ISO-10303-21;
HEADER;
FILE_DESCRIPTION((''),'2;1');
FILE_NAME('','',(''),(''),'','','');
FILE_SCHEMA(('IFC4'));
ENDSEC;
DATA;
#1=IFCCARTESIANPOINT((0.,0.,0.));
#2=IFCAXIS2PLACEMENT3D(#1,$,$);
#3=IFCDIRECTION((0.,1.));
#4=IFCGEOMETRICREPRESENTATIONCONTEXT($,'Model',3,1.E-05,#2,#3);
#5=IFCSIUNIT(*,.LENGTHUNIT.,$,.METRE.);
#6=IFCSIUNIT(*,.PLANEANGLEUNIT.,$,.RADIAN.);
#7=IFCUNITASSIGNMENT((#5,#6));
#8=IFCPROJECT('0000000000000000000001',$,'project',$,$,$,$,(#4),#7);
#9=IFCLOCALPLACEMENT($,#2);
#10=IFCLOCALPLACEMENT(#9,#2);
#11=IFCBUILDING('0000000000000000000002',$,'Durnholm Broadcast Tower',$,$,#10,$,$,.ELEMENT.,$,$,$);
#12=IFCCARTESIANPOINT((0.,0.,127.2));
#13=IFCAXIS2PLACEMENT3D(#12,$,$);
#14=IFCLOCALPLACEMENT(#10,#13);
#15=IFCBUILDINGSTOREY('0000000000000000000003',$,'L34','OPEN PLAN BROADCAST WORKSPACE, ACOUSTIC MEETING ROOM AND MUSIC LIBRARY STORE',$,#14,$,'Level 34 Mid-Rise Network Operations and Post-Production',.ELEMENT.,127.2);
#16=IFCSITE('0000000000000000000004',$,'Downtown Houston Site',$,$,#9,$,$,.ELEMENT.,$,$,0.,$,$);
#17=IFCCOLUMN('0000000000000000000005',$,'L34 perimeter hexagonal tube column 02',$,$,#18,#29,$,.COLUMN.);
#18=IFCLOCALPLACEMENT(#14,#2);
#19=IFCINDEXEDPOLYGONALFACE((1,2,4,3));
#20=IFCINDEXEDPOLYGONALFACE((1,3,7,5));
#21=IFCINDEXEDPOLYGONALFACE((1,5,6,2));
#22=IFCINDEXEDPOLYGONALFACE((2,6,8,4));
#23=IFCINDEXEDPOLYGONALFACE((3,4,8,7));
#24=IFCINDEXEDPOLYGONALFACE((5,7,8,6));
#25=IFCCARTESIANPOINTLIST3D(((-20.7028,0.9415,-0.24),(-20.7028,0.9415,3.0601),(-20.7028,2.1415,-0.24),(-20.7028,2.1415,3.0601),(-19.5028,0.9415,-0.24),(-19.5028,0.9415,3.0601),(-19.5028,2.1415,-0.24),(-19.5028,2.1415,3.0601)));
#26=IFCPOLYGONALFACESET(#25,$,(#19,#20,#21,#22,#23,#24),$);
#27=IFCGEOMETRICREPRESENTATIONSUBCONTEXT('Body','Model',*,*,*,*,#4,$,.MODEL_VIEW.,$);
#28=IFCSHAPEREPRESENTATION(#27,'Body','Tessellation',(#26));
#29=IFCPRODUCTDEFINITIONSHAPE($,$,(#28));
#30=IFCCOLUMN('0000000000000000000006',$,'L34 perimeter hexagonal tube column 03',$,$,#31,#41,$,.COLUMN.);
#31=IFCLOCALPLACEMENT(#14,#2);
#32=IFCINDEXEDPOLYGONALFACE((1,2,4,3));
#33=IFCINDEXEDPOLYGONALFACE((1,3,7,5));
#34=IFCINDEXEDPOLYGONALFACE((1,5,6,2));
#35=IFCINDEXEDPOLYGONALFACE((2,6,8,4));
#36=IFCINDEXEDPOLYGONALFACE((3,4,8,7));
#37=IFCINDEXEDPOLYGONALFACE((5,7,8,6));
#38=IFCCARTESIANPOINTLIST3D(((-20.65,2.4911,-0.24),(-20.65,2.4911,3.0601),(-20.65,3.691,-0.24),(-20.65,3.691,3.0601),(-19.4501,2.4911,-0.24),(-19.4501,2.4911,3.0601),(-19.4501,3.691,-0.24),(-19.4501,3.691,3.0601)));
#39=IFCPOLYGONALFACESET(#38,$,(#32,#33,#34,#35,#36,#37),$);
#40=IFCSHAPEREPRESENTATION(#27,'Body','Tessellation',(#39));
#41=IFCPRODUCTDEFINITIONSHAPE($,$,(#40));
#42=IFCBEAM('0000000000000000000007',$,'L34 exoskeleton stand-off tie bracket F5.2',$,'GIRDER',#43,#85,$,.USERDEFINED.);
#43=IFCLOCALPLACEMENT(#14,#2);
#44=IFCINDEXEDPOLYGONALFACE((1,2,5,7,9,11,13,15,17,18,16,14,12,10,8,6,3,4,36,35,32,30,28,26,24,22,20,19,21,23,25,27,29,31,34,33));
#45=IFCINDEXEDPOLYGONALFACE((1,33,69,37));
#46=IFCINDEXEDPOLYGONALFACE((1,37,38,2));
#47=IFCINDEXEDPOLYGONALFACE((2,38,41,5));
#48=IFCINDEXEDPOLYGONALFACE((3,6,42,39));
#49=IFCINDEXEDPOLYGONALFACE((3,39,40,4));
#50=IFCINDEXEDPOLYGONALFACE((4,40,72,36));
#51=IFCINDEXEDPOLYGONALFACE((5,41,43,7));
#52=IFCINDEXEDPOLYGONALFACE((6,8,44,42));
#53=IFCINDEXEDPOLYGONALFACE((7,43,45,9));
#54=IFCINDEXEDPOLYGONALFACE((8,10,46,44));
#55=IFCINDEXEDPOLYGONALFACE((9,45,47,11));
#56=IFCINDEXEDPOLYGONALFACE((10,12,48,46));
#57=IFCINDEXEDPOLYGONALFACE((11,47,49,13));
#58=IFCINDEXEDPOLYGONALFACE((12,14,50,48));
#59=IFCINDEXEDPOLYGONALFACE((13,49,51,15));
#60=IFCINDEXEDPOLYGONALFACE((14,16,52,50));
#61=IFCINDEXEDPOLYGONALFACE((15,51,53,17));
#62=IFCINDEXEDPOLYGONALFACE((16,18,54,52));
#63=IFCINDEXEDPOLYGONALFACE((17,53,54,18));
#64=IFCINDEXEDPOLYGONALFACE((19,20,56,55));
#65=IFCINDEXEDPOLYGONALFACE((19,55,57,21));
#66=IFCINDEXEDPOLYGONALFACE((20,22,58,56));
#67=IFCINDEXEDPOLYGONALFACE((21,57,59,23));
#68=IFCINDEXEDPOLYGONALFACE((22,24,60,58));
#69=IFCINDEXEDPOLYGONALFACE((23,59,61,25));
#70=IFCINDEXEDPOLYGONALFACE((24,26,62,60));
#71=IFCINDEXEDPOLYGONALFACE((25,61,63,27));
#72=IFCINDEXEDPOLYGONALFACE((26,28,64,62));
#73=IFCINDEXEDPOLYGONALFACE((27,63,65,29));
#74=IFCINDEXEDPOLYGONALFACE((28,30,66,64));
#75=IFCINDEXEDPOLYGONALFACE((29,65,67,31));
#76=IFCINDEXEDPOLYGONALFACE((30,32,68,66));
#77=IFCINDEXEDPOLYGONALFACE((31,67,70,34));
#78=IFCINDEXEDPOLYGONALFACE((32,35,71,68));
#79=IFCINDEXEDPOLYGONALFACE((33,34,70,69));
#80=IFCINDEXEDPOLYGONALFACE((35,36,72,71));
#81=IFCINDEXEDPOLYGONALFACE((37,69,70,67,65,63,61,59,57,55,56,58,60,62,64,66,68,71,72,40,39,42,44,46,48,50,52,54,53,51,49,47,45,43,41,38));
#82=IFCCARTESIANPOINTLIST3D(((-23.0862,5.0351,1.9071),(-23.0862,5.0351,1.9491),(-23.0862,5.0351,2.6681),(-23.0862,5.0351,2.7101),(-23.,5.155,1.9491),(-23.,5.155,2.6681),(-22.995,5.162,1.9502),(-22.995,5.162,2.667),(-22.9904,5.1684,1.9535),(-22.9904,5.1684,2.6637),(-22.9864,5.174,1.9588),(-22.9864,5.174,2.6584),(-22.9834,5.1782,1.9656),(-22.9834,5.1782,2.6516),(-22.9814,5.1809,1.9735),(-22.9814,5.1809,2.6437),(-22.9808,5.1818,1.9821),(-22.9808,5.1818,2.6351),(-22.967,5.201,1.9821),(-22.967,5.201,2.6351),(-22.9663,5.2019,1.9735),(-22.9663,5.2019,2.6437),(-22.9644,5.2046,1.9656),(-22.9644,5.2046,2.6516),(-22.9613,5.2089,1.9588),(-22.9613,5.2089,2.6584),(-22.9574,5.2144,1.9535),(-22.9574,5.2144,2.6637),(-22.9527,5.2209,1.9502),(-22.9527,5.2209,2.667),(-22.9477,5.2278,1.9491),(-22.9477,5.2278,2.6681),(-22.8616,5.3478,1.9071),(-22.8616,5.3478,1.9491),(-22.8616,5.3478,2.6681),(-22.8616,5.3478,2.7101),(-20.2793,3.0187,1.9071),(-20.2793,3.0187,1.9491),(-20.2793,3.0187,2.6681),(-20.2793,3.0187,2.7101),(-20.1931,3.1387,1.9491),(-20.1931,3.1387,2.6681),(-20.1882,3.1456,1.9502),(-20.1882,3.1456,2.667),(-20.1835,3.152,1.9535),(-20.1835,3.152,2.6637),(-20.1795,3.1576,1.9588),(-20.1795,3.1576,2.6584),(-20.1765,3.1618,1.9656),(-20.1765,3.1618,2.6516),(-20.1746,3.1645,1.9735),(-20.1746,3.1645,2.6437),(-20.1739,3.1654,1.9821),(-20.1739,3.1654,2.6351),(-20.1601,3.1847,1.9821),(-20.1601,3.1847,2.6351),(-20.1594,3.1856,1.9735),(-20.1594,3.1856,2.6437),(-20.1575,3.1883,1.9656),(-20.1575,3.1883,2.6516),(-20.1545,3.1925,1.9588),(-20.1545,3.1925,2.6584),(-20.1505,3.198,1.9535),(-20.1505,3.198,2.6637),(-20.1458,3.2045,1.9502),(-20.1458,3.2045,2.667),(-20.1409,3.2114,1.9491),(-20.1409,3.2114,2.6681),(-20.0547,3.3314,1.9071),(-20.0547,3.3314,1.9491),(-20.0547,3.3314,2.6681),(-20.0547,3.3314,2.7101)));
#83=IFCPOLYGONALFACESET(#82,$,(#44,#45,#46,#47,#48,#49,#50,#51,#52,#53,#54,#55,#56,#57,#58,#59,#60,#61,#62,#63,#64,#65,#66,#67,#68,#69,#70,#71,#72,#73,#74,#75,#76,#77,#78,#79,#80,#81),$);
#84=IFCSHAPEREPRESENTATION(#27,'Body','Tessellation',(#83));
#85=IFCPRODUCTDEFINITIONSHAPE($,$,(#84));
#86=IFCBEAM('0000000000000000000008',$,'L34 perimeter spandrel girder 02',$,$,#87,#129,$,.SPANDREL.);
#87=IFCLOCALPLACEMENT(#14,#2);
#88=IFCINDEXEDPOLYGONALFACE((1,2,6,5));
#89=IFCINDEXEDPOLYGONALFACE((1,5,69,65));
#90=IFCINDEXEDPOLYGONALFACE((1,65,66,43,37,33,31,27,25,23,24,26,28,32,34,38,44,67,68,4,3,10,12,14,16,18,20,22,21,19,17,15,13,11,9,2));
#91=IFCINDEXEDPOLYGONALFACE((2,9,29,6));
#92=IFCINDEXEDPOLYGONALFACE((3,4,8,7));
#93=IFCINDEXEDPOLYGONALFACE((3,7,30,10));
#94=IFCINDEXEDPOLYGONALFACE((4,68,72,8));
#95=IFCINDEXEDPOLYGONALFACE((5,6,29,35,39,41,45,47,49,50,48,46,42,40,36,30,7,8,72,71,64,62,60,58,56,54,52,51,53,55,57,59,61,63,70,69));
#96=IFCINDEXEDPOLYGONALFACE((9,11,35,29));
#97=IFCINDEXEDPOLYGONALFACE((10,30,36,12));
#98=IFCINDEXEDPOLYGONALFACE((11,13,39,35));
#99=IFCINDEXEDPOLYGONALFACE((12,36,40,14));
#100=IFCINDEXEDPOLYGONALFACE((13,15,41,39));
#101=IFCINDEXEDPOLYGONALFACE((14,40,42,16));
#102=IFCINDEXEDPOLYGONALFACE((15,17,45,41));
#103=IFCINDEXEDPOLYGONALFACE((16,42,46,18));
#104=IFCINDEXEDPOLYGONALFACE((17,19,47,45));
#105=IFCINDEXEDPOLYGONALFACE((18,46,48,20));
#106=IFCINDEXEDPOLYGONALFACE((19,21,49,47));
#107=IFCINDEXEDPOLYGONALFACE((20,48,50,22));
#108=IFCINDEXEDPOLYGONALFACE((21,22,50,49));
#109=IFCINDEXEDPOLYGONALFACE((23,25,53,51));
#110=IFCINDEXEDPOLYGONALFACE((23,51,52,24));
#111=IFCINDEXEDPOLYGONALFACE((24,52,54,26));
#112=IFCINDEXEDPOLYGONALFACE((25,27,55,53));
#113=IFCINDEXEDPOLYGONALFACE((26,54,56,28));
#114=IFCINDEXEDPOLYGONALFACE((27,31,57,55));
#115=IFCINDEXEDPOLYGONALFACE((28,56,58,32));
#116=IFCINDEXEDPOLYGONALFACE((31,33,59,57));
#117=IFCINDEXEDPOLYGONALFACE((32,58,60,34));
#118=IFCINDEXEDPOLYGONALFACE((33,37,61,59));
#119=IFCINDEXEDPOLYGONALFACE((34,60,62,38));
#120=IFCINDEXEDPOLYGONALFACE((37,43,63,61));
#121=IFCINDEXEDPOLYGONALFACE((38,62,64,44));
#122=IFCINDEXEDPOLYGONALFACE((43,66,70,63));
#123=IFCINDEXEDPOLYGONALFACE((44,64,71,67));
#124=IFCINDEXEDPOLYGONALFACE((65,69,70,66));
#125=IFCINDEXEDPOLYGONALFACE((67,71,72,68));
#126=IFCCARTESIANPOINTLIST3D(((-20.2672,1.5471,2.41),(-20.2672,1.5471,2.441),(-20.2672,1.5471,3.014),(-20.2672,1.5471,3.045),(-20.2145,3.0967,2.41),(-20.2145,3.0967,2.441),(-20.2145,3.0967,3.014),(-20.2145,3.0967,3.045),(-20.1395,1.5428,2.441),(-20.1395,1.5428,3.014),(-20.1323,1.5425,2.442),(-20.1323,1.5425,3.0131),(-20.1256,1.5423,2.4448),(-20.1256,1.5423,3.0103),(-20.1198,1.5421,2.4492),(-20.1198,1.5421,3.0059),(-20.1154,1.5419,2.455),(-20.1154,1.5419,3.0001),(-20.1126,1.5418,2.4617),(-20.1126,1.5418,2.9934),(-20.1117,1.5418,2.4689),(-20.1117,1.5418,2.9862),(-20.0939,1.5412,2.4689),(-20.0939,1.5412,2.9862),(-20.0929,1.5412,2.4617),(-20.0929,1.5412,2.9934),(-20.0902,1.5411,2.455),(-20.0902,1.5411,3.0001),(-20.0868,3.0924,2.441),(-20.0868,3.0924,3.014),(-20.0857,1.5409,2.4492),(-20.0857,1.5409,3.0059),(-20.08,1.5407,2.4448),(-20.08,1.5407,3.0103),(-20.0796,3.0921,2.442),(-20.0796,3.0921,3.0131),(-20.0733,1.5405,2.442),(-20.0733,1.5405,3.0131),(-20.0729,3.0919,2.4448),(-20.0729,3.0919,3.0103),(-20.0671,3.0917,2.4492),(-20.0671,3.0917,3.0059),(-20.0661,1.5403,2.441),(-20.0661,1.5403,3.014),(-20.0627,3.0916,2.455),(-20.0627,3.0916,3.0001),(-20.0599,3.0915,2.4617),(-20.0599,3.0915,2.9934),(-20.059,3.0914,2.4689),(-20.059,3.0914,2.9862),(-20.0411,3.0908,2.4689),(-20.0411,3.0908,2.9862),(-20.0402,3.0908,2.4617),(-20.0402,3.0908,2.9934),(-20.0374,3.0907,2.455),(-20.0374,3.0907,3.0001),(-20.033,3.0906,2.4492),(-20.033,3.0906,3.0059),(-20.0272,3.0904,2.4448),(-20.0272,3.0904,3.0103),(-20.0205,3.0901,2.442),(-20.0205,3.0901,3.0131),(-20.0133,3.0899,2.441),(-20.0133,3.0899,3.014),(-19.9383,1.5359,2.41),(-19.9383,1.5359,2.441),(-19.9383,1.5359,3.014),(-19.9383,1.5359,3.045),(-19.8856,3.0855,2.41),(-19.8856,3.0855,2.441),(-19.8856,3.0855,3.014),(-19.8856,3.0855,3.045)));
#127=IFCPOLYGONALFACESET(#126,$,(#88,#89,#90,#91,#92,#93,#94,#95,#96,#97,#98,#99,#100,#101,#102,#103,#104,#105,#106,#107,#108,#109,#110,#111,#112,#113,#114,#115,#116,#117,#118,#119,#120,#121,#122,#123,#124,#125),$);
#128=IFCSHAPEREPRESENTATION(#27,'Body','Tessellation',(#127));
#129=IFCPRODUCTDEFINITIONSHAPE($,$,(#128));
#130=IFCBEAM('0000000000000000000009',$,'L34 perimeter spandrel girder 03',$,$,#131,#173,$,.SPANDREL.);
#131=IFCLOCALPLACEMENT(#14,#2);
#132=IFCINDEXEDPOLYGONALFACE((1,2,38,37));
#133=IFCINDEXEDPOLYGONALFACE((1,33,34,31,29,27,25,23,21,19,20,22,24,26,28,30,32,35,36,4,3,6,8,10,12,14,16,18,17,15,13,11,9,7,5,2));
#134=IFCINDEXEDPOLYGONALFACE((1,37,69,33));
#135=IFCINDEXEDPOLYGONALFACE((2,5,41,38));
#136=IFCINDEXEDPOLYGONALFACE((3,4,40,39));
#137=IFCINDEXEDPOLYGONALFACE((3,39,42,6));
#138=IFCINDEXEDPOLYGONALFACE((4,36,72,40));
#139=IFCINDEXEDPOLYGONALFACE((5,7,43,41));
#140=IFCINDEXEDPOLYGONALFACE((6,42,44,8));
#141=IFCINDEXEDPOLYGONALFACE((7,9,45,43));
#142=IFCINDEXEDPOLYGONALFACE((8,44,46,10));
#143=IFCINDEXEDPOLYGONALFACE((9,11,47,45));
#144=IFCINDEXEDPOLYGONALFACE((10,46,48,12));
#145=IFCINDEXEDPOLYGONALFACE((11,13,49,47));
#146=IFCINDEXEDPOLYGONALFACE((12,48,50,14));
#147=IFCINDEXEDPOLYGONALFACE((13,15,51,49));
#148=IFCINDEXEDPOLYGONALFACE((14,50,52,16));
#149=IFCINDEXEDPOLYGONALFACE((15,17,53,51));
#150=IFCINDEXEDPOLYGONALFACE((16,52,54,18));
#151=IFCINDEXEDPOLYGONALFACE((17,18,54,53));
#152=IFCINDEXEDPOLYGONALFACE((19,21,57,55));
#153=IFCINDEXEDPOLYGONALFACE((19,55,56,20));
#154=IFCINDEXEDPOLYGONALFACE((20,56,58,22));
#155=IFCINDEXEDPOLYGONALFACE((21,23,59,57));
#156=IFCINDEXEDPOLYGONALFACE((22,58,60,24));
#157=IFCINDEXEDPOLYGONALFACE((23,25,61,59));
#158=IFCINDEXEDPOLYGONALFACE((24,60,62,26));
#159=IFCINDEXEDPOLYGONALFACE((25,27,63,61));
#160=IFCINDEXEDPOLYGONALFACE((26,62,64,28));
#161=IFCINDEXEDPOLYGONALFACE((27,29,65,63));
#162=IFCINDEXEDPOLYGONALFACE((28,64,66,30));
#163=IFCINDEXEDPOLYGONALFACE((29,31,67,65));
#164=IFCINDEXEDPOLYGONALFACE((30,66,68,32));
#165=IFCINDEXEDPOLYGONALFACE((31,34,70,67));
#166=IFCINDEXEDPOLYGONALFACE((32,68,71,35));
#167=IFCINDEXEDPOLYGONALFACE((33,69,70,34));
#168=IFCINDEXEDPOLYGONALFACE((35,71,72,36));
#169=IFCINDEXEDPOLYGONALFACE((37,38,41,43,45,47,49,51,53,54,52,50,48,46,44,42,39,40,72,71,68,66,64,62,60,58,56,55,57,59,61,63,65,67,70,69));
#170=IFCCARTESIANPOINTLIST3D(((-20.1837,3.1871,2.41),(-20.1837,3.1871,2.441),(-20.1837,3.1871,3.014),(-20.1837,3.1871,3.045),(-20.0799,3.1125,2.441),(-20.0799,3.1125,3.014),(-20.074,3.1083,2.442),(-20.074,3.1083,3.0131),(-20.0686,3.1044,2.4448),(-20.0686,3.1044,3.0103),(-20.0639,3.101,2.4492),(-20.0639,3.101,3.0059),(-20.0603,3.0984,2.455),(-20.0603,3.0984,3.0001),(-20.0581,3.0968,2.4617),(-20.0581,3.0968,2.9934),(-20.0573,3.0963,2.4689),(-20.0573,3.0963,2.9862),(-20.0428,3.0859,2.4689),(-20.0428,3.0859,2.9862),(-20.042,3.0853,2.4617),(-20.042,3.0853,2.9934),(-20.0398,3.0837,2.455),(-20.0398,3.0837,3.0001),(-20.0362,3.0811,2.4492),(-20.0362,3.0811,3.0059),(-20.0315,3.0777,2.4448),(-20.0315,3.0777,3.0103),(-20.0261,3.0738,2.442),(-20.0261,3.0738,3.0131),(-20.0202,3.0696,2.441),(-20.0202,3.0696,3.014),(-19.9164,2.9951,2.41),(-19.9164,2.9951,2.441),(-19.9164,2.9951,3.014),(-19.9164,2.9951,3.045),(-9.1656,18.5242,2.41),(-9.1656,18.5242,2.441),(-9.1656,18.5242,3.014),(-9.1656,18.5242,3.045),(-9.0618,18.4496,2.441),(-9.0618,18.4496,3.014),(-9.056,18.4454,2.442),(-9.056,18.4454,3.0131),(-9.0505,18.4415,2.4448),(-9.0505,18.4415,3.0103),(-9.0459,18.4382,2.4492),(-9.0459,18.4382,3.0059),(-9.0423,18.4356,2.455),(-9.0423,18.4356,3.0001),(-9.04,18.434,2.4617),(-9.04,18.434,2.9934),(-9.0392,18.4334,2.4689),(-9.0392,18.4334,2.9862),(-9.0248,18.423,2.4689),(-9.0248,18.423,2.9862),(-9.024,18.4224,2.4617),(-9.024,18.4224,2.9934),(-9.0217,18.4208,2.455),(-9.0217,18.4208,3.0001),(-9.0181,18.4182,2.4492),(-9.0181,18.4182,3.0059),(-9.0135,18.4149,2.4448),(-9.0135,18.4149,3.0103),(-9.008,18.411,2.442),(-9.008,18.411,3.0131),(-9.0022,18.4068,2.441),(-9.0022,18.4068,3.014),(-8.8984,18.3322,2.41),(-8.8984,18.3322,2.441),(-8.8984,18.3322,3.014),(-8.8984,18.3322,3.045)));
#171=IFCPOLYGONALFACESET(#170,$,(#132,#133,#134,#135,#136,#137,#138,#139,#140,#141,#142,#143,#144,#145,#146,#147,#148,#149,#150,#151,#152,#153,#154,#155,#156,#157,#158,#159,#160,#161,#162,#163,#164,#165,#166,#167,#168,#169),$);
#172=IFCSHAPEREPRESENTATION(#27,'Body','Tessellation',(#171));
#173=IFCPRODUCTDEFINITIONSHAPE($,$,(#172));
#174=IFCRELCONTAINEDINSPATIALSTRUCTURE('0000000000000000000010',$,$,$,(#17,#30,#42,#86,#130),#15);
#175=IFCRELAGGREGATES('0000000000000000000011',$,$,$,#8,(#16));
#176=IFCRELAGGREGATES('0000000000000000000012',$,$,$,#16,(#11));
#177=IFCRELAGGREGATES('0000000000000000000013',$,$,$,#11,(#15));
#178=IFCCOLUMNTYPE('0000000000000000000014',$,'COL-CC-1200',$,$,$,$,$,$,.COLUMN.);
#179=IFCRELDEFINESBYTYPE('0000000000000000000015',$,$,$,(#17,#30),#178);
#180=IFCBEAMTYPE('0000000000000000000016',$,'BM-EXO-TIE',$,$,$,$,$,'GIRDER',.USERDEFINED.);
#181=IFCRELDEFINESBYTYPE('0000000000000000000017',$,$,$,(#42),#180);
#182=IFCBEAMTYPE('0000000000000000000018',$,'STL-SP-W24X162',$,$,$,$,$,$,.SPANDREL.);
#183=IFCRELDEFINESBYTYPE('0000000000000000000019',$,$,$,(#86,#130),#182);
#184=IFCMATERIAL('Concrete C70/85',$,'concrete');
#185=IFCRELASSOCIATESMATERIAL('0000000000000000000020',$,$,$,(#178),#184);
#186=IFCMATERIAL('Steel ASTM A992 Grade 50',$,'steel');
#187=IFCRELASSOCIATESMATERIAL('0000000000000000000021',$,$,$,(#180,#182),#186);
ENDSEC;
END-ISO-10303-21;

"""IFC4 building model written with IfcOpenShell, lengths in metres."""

from ifc_helpers import new_model, si_unit, direction, frame, origin, origin_2d, place, context, subcontext, project, spatial, rectangle, i_section, extrude, source, transform, mapped, material, material_profile, profile_set, type_object, type_shapes, element, save


model = new_model("IFC4")

# Units and contexts
model_context = context("Model", 3, precision=1e-05, world=origin(), true_north=direction((0.0, 1.0)))
body_context = subcontext(model_context, "Body", "Model", "MODEL_VIEW")
ifc_project = project(units=[si_unit("LENGTHUNIT", "METRE"), si_unit("PLANEANGLEUNIT", "RADIAN")], contexts=[model_context])

# Site, building, storey
site_placement = place(None, origin())
site = spatial("IfcSite", under=ifc_project, at=site_placement, Name="Downtown Houston Site", CompositionType="ELEMENT", RefElevation=0.0)
building_placement = place(site_placement, origin())
building = spatial("IfcBuilding", under=site, at=building_placement, Name="Durnholm Broadcast Tower", CompositionType="ELEMENT")
storey_placement = place(building_placement, frame((0.0, 0.0, 127.2)))
storey = spatial("IfcBuildingStorey", under=building, at=storey_placement, Name="L34", Description="OPEN PLAN BROADCAST WORKSPACE, ACOUSTIC MEETING ROOM AND MUSIC LIBRARY STORE", LongName="Level 34 Mid-Rise Network Operations and Post-Production", CompositionType="ELEMENT", Elevation=127.2)

# Columns
ifc_material_1 = material(Name="Concrete C70/85", Category="concrete")
ifc_material_profile_1 = material_profile(ifc_material_1, rectangle(XDim=1.2, YDim=1.2, at=origin_2d()), Name="RC1200X1200")
ifc_profile_set_1 = profile_set([ifc_material_profile_1], Name="Concrete C70/85")
column_type = type_object("IfcColumnType", Name="COL-CC-1200", PredefinedType="COLUMN", material=ifc_profile_set_1)
shared_shape_1 = source(origin(), body_context, "Body", "SweptSolid", [
    extrude(rectangle(XDim=1.2, YDim=1.2, at=origin_2d()), origin(), (0.0, 0.0, 1.0), 3.3),
])
type_shapes(column_type, [shared_shape_1])
for number, where, z_axis, x_axis, name in (
    (1, (-20.1028, 1.5415, -0.24), (0.0, 0.0, 1.0), (1.0, 0.0, 0.0), "L34 perimeter hexagonal tube column 02"),
    (2, (-20.05, 3.0911, -0.24), (0.0, 0.0, 1.0), (1.0, 0.0, 0.0), "L34 perimeter hexagonal tube column 03"),
):
    element("IfcColumn", number, at=place(storey_placement, frame(where, z_axis=z_axis, x_axis=x_axis)), inside=storey, type_object=column_type, Name=name, PredefinedType="COLUMN", context=body_context, shape_type="MappedRepresentation", body=[
        mapped(shared_shape_1, transform((0.0, 0.0, 0.0), x_axis=(1.0, 0.0, 0.0), y_axis=(0.0, 1.0, 0.0), z_axis=(0.0, 0.0, 1.0), scale=1.0)),
    ])

# Beams
ifc_material_2 = material(Name="Steel ASTM A992 Grade 50", Category="steel")
ifc_material_profile_2 = material_profile(ifc_material_2, i_section(OverallWidth=0.385, OverallDepth=0.803, WebThickness=0.0237, FlangeThickness=0.042, FilletRadius=0.033, at=origin_2d()), Name="W30X261")
ifc_profile_set_2 = profile_set([ifc_material_profile_2], Name="Steel ASTM A992 Grade 50")
beam_type_1 = type_object("IfcBeamType", Name="BM-EXO-TIE", ElementType="GIRDER", PredefinedType="USERDEFINED", material=ifc_profile_set_2)
shared_shape_2 = source(origin(), body_context, "Body", "SweptSolid", [
    extrude(i_section(OverallWidth=0.385, OverallDepth=0.803, WebThickness=0.0237, FlangeThickness=0.042, FilletRadius=0.033, at=origin_2d()), origin(), (0.0, 0.0, 1.0), 3.4561),
])
type_shapes(beam_type_1, [shared_shape_2])
beam_1_placement = place(storey_placement, frame((-20.167, 3.175, 2.3086), z_axis=(-0.812165, 0.583428, 0.0), x_axis=(-0.583428, -0.812165, 0.0)))
element("IfcBeam", 3, at=beam_1_placement, inside=storey, type_object=beam_type_1, Name="L34 exoskeleton stand-off tie bracket F5.2", ObjectType="GIRDER", PredefinedType="USERDEFINED", context=body_context, shape_type="MappedRepresentation", body=[
    mapped(shared_shape_2, transform((0.0, 0.0, 0.0), x_axis=(1.0, 0.0, 0.0), y_axis=(0.0, 1.0, 0.0), z_axis=(0.0, 0.0, 1.0), scale=1.0)),
])
ifc_material_profile_3 = material_profile(ifc_material_2, i_section(OverallWidth=0.3291, OverallDepth=0.635, WebThickness=0.0178, FlangeThickness=0.031, FilletRadius=0.0278, at=origin_2d()), Name="W24X162")
ifc_profile_set_3 = profile_set([ifc_material_profile_3], Name="Steel ASTM A992 Grade 50")
beam_type_2 = type_object("IfcBeamType", Name="STL-SP-W24X162", PredefinedType="SPANDREL", material=ifc_profile_set_3)
shared_shape_3 = source(origin(), body_context, "Body", "SweptSolid", [
    extrude(i_section(OverallWidth=0.3291, OverallDepth=0.635, WebThickness=0.0178, FlangeThickness=0.031, FilletRadius=0.0278, at=origin_2d()), origin(), (0.0, 0.0, 1.0), 1.5505),
])
beam_2_placement = place(storey_placement, frame((-20.1028, 1.5415, 2.7275), z_axis=(0.034012, 0.999421, 0.0), x_axis=(-0.999421, 0.034012, 0.0)))
element("IfcBeam", 4, at=beam_2_placement, inside=storey, type_object=beam_type_2, Name="L34 perimeter spandrel girder 02", PredefinedType="SPANDREL", context=body_context, shape_type="MappedRepresentation", body=[
    mapped(shared_shape_3, transform((0.0, 0.0, 0.0), x_axis=(1.0, 0.0, 0.0), y_axis=(0.0, 1.0, 0.0), z_axis=(0.0, 0.0, 1.0), scale=1.0)),
])
shared_shape_4 = source(origin(), body_context, "Body", "SweptSolid", [
    extrude(i_section(OverallWidth=0.3291, OverallDepth=0.635, WebThickness=0.0178, FlangeThickness=0.031, FilletRadius=0.0278, at=origin_2d()), origin(), (0.0, 0.0, 1.0), 18.8845),
])
type_shapes(beam_type_2, [shared_shape_3, shared_shape_4])
beam_3_placement = place(storey_placement, frame((-20.05, 3.0911, 2.7275), z_axis=(0.583443, 0.812154, 0.0), x_axis=(-0.812154, 0.583443, 0.0)))
element("IfcBeam", 5, at=beam_3_placement, inside=storey, type_object=beam_type_2, Name="L34 perimeter spandrel girder 03", PredefinedType="SPANDREL", context=body_context, shape_type="MappedRepresentation", body=[
    mapped(shared_shape_4, transform((0.0, 0.0, 0.0), x_axis=(1.0, 0.0, 0.0), y_axis=(0.0, 1.0, 0.0), z_axis=(0.0, 0.0, 1.0), scale=1.0)),
])

save(model, "model.ifc")
